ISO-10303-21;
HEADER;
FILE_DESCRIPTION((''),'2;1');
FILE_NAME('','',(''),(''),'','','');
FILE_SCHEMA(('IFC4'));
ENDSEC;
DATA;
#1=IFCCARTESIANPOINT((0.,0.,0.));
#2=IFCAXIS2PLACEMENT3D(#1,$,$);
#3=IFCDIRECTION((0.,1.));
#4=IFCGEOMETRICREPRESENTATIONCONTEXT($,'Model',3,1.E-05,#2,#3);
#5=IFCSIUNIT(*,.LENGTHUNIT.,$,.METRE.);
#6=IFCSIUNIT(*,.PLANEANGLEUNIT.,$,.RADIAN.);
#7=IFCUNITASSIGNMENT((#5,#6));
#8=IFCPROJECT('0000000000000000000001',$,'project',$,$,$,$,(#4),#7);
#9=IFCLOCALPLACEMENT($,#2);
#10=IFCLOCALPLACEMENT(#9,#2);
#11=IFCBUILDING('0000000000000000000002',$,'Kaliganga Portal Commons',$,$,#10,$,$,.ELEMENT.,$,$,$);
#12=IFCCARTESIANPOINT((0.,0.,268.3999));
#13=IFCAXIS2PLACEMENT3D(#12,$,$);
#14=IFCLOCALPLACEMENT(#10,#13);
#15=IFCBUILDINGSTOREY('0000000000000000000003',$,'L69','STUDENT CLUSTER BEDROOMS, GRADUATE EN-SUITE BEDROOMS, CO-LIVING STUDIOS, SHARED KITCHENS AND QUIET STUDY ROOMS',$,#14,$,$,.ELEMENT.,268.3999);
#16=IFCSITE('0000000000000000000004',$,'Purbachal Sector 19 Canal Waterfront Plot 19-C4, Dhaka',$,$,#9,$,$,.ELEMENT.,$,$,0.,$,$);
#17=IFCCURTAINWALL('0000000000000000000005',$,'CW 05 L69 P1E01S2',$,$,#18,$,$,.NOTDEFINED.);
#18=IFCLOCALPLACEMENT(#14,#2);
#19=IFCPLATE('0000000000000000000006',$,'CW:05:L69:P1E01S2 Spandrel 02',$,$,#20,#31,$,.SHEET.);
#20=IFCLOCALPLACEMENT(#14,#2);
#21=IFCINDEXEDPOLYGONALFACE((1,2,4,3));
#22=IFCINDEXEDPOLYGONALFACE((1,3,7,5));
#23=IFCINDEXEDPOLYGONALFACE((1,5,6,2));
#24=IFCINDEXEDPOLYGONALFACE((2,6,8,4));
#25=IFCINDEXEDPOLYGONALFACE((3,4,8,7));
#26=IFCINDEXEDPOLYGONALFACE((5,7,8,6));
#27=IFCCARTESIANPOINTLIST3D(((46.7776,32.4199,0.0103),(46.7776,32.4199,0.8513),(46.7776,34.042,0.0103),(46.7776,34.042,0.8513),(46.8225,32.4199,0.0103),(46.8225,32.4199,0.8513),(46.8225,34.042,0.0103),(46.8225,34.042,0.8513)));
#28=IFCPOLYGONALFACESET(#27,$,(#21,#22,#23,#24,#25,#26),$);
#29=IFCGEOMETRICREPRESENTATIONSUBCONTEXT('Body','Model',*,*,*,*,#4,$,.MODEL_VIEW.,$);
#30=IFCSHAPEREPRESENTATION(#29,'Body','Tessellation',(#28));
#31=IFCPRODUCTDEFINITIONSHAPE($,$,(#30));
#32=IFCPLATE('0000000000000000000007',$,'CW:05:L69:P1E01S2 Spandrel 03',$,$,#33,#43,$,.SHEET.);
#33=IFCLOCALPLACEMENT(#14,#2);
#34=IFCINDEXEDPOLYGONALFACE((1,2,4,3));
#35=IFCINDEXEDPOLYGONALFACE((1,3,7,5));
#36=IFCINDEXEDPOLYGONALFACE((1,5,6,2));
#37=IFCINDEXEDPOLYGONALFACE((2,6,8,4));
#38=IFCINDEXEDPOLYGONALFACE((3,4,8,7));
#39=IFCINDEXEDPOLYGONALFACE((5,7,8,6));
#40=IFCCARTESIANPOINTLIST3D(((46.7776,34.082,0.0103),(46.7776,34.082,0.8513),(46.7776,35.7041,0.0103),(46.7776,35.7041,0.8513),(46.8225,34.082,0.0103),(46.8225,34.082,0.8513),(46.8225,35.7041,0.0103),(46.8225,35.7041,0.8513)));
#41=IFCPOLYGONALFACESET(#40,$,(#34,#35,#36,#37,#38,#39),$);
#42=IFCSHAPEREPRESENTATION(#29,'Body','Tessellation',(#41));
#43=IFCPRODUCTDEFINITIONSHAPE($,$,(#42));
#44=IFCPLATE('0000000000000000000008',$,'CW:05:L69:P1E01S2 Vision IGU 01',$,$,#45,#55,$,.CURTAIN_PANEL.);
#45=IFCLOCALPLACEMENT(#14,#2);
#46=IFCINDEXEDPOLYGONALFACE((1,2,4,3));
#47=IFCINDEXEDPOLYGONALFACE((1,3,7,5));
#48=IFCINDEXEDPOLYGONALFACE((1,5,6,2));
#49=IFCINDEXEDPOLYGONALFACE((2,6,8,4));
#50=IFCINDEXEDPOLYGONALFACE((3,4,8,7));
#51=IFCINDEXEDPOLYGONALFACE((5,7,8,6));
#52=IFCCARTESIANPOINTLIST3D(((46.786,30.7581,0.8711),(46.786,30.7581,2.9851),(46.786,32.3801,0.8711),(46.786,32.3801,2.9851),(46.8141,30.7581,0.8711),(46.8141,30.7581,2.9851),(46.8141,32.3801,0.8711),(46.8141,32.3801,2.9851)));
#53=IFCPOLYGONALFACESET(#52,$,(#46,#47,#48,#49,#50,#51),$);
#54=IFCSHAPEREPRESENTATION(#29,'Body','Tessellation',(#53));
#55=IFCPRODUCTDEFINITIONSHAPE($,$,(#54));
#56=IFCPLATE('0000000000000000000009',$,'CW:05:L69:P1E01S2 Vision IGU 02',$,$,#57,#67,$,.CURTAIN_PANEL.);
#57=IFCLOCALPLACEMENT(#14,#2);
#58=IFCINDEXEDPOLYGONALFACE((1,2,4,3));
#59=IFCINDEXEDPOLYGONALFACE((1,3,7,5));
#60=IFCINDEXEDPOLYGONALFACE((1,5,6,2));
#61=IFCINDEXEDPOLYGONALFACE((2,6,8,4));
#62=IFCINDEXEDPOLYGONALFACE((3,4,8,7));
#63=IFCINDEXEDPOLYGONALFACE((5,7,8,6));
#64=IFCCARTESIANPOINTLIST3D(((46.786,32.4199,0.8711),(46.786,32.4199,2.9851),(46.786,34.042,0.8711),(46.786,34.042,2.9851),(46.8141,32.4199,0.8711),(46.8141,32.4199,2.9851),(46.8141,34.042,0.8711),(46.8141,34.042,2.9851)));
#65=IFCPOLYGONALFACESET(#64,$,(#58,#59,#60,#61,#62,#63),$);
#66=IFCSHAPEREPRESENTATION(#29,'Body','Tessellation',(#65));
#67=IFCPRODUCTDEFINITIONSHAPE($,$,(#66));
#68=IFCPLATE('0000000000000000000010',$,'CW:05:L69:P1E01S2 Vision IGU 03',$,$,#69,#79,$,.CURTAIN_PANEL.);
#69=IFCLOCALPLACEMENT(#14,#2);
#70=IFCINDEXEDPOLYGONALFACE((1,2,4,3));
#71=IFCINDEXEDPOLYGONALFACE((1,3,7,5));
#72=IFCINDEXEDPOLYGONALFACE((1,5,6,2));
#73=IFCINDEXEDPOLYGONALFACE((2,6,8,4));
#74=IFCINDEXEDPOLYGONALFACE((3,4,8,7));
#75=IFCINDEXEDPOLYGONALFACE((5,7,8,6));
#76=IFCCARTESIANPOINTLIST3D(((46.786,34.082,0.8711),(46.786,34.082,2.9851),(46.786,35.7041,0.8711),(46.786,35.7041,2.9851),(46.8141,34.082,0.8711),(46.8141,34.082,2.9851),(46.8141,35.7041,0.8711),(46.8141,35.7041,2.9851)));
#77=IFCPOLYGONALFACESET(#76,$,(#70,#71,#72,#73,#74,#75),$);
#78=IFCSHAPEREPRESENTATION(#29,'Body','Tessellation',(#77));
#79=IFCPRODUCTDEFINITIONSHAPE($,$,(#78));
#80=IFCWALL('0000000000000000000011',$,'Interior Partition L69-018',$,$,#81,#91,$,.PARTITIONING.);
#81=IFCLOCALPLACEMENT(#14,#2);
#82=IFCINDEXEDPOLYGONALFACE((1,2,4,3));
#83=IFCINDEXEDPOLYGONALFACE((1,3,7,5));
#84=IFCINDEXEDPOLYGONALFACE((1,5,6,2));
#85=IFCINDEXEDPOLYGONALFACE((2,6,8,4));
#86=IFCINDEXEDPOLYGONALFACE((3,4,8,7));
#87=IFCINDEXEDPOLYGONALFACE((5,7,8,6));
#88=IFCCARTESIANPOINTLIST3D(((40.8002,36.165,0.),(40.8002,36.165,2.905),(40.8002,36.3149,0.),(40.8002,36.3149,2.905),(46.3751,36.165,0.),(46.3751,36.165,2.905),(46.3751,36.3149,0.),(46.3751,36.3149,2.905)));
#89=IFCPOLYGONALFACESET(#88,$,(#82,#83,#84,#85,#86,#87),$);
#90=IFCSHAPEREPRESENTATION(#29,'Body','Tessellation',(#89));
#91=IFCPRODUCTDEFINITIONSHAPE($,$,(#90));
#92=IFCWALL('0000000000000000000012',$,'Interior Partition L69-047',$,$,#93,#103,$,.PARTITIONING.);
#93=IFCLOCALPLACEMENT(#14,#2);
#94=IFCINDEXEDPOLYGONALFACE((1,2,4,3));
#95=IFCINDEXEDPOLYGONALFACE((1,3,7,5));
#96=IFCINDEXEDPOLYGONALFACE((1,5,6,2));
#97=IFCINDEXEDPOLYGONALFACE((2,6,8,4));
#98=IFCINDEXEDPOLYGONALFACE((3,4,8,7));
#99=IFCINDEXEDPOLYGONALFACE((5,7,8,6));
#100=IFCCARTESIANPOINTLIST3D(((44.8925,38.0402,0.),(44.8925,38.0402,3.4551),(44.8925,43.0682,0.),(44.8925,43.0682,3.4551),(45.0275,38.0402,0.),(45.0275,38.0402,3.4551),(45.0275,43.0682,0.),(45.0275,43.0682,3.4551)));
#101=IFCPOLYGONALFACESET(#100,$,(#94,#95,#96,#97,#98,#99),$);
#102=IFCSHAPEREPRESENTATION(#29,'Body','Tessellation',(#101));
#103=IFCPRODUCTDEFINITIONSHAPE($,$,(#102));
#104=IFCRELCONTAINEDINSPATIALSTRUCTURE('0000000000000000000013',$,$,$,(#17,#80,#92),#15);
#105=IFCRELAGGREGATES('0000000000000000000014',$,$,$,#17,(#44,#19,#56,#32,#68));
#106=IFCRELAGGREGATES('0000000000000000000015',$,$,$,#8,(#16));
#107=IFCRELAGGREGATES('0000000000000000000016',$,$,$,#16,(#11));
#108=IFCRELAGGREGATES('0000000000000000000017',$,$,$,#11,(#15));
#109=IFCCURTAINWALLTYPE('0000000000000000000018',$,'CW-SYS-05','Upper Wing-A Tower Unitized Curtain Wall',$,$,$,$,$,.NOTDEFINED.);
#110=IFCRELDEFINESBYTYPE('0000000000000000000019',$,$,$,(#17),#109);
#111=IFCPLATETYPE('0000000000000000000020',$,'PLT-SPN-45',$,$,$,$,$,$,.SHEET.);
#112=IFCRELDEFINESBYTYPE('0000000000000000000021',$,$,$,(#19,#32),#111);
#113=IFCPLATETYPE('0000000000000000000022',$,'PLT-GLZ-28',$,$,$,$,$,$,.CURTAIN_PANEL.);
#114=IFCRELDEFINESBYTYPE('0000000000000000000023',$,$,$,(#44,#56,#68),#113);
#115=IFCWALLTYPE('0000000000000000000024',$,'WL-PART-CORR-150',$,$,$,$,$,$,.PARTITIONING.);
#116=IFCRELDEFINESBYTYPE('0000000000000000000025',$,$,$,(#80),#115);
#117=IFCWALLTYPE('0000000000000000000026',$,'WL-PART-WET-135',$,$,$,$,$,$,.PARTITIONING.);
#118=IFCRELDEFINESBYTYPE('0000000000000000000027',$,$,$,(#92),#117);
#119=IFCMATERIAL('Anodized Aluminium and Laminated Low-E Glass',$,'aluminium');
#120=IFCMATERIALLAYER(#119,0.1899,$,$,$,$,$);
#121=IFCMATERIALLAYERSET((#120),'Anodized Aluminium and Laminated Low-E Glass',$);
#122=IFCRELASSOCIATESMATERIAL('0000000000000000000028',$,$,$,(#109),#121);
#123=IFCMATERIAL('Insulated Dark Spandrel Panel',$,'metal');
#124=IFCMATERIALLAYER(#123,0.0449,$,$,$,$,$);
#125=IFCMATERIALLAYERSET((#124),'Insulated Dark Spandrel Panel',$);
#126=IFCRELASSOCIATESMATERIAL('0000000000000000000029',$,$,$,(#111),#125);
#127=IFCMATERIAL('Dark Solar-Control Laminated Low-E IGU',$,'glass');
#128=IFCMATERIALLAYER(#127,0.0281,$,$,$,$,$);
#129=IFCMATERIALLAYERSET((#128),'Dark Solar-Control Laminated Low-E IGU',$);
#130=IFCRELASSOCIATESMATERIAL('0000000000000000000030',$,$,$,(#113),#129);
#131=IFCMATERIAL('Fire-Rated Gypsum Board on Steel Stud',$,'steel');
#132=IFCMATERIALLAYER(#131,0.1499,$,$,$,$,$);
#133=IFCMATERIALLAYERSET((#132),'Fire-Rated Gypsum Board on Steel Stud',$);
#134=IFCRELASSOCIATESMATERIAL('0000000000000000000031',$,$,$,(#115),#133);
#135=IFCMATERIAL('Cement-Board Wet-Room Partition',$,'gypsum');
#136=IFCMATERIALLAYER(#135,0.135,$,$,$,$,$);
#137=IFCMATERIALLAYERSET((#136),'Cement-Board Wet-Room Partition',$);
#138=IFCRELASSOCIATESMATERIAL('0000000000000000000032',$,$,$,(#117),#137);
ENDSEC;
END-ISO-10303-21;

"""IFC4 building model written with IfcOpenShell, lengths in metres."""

from ifc_helpers import new_model, si_unit, direction, frame, frame_2d, origin, origin_2d, place, context, subcontext, project, spatial, rectangle, extrude, source, transform, mapped, material, layer, layer_set, type_object, element, aggregate, save


model = new_model("IFC4")

# Units and contexts
model_context = context("Model", 3, precision=1e-05, world=origin(), true_north=direction((0.0, 1.0)))
body_context = subcontext(model_context, "Body", "Model", "MODEL_VIEW")
ifc_project = project(units=[si_unit("LENGTHUNIT", "METRE"), si_unit("PLANEANGLEUNIT", "RADIAN")], contexts=[model_context])

# Site, building, storey
site_placement = place(None, origin())
site = spatial("IfcSite", under=ifc_project, at=site_placement, Name="Purbachal Sector 19 Canal Waterfront Plot 19-C4, Dhaka", CompositionType="ELEMENT", RefElevation=0.0)
building_placement = place(site_placement, origin())
building = spatial("IfcBuilding", under=site, at=building_placement, Name="Kaliganga Portal Commons", CompositionType="ELEMENT")
storey_placement = place(building_placement, frame((0.0, 0.0, 268.3999)))
storey = spatial("IfcBuildingStorey", under=building, at=storey_placement, Name="L69", Description="STUDENT CLUSTER BEDROOMS, GRADUATE EN-SUITE BEDROOMS, CO-LIVING STUDIOS, SHARED KITCHENS AND QUIET STUDY ROOMS", CompositionType="ELEMENT", Elevation=268.3999)

# Curtain wall
ifc_material_1 = material(Name="Anodized Aluminium and Laminated Low-E Glass", Category="aluminium")
ifc_layer_1 = layer(ifc_material_1, 0.1899)
ifc_layer_set_1 = layer_set([ifc_layer_1], Name="Anodized Aluminium and Laminated Low-E Glass")
curtain_wall_type = type_object("IfcCurtainWallType", Name="CW-SYS-05", Description="Upper Wing-A Tower Unitized Curtain Wall", PredefinedType="NOTDEFINED", material=ifc_layer_set_1)
curtain_wall_1_placement = place(storey_placement, origin())
curtain_wall_1 = element("IfcCurtainWall", 1, at=curtain_wall_1_placement, inside=storey, type_object=curtain_wall_type, Name="CW 05 L69 P1E01S2", PredefinedType="NOTDEFINED")

# Plates
ifc_material_2 = material(Name="Insulated Dark Spandrel Panel", Category="metal")
ifc_layer_2 = layer(ifc_material_2, 0.0449)
ifc_layer_set_2 = layer_set([ifc_layer_2], Name="Insulated Dark Spandrel Panel")
plate_type_1 = type_object("IfcPlateType", Name="PLT-SPN-45", PredefinedType="SHEET", material=ifc_layer_set_2)
ifc_material_3 = material(Name="Dark Solar-Control Laminated Low-E IGU", Category="glass")
ifc_layer_3 = layer(ifc_material_3, 0.0281)
ifc_layer_set_3 = layer_set([ifc_layer_3], Name="Dark Solar-Control Laminated Low-E IGU")
plate_type_2 = type_object("IfcPlateType", Name="PLT-GLZ-28", PredefinedType="CURTAIN_PANEL", material=ifc_layer_set_3)
shared_shape_1 = source(origin(), body_context, "Body", "SweptSolid", [
    extrude(rectangle(XDim=1.6221, YDim=0.0449, at=origin_2d()), origin(), (0.0, 0.0, 1.0), 0.8411),
])
plate_1_placement = place(storey_placement, frame((46.8, 33.231, 0.0103), z_axis=(0.0, 0.0, 1.0), x_axis=(0.0, 1.0, 0.0)))
plate_1 = element("IfcPlate", 2, at=plate_1_placement, type_object=plate_type_1, Name="CW:05:L69:P1E01S2 Spandrel 02", PredefinedType="SHEET", context=body_context, shape_type="MappedRepresentation", body=[
    mapped(shared_shape_1, transform((0.0, 0.0, 0.0), x_axis=(1.0, 0.0, 0.0), y_axis=(0.0, 1.0, 0.0), z_axis=(0.0, 0.0, 1.0), scale=1.0)),
])
plate_2_placement = place(storey_placement, frame((46.8, 34.8931, 0.0103), z_axis=(0.0, 0.0, 1.0), x_axis=(0.0, 1.0, 0.0)))
plate_2 = element("IfcPlate", 3, at=plate_2_placement, type_object=plate_type_1, Name="CW:05:L69:P1E01S2 Spandrel 03", PredefinedType="SHEET", context=body_context, shape_type="MappedRepresentation", body=[
    mapped(shared_shape_1, transform((0.0, 0.0, 0.0), x_axis=(1.0, 0.0, 0.0), y_axis=(0.0, 1.0, 0.0), z_axis=(0.0, 0.0, 1.0), scale=1.0)),
])
shared_shape_2 = source(origin(), body_context, "Body", "SweptSolid", [
    extrude(rectangle(XDim=1.6221, YDim=0.0281, at=origin_2d()), origin(), (0.0, 0.0, 1.0), 2.114),
])
plate_3_placement = place(storey_placement, frame((46.8, 31.5691, 0.8711), z_axis=(0.0, 0.0, 1.0), x_axis=(0.0, 1.0, 0.0)))
plate_3 = element("IfcPlate", 4, at=plate_3_placement, type_object=plate_type_2, Name="CW:05:L69:P1E01S2 Vision IGU 01", PredefinedType="CURTAIN_PANEL", context=body_context, shape_type="MappedRepresentation", body=[
    mapped(shared_shape_2, transform((0.0, 0.0, 0.0), x_axis=(1.0, 0.0, 0.0), y_axis=(0.0, 1.0, 0.0), z_axis=(0.0, 0.0, 1.0), scale=1.0)),
])
plate_4_placement = place(storey_placement, frame((46.8, 33.231, 0.8711), z_axis=(0.0, 0.0, 1.0), x_axis=(0.0, 1.0, 0.0)))
plate_4 = element("IfcPlate", 5, at=plate_4_placement, type_object=plate_type_2, Name="CW:05:L69:P1E01S2 Vision IGU 02", PredefinedType="CURTAIN_PANEL", context=body_context, shape_type="MappedRepresentation", body=[
    mapped(shared_shape_2, transform((0.0, 0.0, 0.0), x_axis=(1.0, 0.0, 0.0), y_axis=(0.0, 1.0, 0.0), z_axis=(0.0, 0.0, 1.0), scale=1.0)),
])
plate_5_placement = place(storey_placement, frame((46.8, 34.8931, 0.8711), z_axis=(0.0, 0.0, 1.0), x_axis=(0.0, 1.0, 0.0)))
plate_5 = element("IfcPlate", 6, at=plate_5_placement, type_object=plate_type_2, Name="CW:05:L69:P1E01S2 Vision IGU 03", PredefinedType="CURTAIN_PANEL", context=body_context, shape_type="MappedRepresentation", body=[
    mapped(shared_shape_2, transform((0.0, 0.0, 0.0), x_axis=(1.0, 0.0, 0.0), y_axis=(0.0, 1.0, 0.0), z_axis=(0.0, 0.0, 1.0), scale=1.0)),
])
aggregate(curtain_wall_1, [plate_3, plate_1, plate_4, plate_2, plate_5])

# Wall
ifc_material_4 = material(Name="Fire-Rated Gypsum Board on Steel Stud", Category="steel")
ifc_layer_4 = layer(ifc_material_4, 0.1499)
ifc_layer_set_4 = layer_set([ifc_layer_4], Name="Fire-Rated Gypsum Board on Steel Stud")
wall_type_1 = type_object("IfcWallType", Name="WL-PART-CORR-150", PredefinedType="PARTITIONING", material=ifc_layer_set_4)
wall_1_placement = place(storey_placement, frame((40.8, 36.24, 0.0), z_axis=(0.0, 0.0, 1.0), x_axis=(1.0, 0.0, 0.0)))
element("IfcWall", 7, at=wall_1_placement, inside=storey, type_object=wall_type_1, Name="Interior Partition L69-018", PredefinedType="PARTITIONING", context=body_context, shape_type="SweptSolid", body=[
    extrude(rectangle(XDim=5.575, YDim=0.1499, at=frame_2d((2.7876, 0.0))), origin(), (0.0, 0.0, 1.0), 2.905),
])

# Wall
ifc_material_5 = material(Name="Cement-Board Wet-Room Partition", Category="gypsum")
ifc_layer_5 = layer(ifc_material_5, 0.135)
ifc_layer_set_5 = layer_set([ifc_layer_5], Name="Cement-Board Wet-Room Partition")
wall_type_2 = type_object("IfcWallType", Name="WL-PART-WET-135", PredefinedType="PARTITIONING", material=ifc_layer_set_5)
wall_2_placement = place(storey_placement, frame((44.96, 38.04, 0.0), z_axis=(0.0, 0.0, 1.0), x_axis=(0.0, 1.0, 0.0)))
element("IfcWall", 8, at=wall_2_placement, inside=storey, type_object=wall_type_2, Name="Interior Partition L69-047", PredefinedType="PARTITIONING", context=body_context, shape_type="SweptSolid", body=[
    extrude(rectangle(XDim=5.0281, YDim=0.135, at=frame_2d((2.5142, 0.0))), origin(), (0.0, 0.0, 1.0), 3.4551),
])

save(model, "model.ifc")
